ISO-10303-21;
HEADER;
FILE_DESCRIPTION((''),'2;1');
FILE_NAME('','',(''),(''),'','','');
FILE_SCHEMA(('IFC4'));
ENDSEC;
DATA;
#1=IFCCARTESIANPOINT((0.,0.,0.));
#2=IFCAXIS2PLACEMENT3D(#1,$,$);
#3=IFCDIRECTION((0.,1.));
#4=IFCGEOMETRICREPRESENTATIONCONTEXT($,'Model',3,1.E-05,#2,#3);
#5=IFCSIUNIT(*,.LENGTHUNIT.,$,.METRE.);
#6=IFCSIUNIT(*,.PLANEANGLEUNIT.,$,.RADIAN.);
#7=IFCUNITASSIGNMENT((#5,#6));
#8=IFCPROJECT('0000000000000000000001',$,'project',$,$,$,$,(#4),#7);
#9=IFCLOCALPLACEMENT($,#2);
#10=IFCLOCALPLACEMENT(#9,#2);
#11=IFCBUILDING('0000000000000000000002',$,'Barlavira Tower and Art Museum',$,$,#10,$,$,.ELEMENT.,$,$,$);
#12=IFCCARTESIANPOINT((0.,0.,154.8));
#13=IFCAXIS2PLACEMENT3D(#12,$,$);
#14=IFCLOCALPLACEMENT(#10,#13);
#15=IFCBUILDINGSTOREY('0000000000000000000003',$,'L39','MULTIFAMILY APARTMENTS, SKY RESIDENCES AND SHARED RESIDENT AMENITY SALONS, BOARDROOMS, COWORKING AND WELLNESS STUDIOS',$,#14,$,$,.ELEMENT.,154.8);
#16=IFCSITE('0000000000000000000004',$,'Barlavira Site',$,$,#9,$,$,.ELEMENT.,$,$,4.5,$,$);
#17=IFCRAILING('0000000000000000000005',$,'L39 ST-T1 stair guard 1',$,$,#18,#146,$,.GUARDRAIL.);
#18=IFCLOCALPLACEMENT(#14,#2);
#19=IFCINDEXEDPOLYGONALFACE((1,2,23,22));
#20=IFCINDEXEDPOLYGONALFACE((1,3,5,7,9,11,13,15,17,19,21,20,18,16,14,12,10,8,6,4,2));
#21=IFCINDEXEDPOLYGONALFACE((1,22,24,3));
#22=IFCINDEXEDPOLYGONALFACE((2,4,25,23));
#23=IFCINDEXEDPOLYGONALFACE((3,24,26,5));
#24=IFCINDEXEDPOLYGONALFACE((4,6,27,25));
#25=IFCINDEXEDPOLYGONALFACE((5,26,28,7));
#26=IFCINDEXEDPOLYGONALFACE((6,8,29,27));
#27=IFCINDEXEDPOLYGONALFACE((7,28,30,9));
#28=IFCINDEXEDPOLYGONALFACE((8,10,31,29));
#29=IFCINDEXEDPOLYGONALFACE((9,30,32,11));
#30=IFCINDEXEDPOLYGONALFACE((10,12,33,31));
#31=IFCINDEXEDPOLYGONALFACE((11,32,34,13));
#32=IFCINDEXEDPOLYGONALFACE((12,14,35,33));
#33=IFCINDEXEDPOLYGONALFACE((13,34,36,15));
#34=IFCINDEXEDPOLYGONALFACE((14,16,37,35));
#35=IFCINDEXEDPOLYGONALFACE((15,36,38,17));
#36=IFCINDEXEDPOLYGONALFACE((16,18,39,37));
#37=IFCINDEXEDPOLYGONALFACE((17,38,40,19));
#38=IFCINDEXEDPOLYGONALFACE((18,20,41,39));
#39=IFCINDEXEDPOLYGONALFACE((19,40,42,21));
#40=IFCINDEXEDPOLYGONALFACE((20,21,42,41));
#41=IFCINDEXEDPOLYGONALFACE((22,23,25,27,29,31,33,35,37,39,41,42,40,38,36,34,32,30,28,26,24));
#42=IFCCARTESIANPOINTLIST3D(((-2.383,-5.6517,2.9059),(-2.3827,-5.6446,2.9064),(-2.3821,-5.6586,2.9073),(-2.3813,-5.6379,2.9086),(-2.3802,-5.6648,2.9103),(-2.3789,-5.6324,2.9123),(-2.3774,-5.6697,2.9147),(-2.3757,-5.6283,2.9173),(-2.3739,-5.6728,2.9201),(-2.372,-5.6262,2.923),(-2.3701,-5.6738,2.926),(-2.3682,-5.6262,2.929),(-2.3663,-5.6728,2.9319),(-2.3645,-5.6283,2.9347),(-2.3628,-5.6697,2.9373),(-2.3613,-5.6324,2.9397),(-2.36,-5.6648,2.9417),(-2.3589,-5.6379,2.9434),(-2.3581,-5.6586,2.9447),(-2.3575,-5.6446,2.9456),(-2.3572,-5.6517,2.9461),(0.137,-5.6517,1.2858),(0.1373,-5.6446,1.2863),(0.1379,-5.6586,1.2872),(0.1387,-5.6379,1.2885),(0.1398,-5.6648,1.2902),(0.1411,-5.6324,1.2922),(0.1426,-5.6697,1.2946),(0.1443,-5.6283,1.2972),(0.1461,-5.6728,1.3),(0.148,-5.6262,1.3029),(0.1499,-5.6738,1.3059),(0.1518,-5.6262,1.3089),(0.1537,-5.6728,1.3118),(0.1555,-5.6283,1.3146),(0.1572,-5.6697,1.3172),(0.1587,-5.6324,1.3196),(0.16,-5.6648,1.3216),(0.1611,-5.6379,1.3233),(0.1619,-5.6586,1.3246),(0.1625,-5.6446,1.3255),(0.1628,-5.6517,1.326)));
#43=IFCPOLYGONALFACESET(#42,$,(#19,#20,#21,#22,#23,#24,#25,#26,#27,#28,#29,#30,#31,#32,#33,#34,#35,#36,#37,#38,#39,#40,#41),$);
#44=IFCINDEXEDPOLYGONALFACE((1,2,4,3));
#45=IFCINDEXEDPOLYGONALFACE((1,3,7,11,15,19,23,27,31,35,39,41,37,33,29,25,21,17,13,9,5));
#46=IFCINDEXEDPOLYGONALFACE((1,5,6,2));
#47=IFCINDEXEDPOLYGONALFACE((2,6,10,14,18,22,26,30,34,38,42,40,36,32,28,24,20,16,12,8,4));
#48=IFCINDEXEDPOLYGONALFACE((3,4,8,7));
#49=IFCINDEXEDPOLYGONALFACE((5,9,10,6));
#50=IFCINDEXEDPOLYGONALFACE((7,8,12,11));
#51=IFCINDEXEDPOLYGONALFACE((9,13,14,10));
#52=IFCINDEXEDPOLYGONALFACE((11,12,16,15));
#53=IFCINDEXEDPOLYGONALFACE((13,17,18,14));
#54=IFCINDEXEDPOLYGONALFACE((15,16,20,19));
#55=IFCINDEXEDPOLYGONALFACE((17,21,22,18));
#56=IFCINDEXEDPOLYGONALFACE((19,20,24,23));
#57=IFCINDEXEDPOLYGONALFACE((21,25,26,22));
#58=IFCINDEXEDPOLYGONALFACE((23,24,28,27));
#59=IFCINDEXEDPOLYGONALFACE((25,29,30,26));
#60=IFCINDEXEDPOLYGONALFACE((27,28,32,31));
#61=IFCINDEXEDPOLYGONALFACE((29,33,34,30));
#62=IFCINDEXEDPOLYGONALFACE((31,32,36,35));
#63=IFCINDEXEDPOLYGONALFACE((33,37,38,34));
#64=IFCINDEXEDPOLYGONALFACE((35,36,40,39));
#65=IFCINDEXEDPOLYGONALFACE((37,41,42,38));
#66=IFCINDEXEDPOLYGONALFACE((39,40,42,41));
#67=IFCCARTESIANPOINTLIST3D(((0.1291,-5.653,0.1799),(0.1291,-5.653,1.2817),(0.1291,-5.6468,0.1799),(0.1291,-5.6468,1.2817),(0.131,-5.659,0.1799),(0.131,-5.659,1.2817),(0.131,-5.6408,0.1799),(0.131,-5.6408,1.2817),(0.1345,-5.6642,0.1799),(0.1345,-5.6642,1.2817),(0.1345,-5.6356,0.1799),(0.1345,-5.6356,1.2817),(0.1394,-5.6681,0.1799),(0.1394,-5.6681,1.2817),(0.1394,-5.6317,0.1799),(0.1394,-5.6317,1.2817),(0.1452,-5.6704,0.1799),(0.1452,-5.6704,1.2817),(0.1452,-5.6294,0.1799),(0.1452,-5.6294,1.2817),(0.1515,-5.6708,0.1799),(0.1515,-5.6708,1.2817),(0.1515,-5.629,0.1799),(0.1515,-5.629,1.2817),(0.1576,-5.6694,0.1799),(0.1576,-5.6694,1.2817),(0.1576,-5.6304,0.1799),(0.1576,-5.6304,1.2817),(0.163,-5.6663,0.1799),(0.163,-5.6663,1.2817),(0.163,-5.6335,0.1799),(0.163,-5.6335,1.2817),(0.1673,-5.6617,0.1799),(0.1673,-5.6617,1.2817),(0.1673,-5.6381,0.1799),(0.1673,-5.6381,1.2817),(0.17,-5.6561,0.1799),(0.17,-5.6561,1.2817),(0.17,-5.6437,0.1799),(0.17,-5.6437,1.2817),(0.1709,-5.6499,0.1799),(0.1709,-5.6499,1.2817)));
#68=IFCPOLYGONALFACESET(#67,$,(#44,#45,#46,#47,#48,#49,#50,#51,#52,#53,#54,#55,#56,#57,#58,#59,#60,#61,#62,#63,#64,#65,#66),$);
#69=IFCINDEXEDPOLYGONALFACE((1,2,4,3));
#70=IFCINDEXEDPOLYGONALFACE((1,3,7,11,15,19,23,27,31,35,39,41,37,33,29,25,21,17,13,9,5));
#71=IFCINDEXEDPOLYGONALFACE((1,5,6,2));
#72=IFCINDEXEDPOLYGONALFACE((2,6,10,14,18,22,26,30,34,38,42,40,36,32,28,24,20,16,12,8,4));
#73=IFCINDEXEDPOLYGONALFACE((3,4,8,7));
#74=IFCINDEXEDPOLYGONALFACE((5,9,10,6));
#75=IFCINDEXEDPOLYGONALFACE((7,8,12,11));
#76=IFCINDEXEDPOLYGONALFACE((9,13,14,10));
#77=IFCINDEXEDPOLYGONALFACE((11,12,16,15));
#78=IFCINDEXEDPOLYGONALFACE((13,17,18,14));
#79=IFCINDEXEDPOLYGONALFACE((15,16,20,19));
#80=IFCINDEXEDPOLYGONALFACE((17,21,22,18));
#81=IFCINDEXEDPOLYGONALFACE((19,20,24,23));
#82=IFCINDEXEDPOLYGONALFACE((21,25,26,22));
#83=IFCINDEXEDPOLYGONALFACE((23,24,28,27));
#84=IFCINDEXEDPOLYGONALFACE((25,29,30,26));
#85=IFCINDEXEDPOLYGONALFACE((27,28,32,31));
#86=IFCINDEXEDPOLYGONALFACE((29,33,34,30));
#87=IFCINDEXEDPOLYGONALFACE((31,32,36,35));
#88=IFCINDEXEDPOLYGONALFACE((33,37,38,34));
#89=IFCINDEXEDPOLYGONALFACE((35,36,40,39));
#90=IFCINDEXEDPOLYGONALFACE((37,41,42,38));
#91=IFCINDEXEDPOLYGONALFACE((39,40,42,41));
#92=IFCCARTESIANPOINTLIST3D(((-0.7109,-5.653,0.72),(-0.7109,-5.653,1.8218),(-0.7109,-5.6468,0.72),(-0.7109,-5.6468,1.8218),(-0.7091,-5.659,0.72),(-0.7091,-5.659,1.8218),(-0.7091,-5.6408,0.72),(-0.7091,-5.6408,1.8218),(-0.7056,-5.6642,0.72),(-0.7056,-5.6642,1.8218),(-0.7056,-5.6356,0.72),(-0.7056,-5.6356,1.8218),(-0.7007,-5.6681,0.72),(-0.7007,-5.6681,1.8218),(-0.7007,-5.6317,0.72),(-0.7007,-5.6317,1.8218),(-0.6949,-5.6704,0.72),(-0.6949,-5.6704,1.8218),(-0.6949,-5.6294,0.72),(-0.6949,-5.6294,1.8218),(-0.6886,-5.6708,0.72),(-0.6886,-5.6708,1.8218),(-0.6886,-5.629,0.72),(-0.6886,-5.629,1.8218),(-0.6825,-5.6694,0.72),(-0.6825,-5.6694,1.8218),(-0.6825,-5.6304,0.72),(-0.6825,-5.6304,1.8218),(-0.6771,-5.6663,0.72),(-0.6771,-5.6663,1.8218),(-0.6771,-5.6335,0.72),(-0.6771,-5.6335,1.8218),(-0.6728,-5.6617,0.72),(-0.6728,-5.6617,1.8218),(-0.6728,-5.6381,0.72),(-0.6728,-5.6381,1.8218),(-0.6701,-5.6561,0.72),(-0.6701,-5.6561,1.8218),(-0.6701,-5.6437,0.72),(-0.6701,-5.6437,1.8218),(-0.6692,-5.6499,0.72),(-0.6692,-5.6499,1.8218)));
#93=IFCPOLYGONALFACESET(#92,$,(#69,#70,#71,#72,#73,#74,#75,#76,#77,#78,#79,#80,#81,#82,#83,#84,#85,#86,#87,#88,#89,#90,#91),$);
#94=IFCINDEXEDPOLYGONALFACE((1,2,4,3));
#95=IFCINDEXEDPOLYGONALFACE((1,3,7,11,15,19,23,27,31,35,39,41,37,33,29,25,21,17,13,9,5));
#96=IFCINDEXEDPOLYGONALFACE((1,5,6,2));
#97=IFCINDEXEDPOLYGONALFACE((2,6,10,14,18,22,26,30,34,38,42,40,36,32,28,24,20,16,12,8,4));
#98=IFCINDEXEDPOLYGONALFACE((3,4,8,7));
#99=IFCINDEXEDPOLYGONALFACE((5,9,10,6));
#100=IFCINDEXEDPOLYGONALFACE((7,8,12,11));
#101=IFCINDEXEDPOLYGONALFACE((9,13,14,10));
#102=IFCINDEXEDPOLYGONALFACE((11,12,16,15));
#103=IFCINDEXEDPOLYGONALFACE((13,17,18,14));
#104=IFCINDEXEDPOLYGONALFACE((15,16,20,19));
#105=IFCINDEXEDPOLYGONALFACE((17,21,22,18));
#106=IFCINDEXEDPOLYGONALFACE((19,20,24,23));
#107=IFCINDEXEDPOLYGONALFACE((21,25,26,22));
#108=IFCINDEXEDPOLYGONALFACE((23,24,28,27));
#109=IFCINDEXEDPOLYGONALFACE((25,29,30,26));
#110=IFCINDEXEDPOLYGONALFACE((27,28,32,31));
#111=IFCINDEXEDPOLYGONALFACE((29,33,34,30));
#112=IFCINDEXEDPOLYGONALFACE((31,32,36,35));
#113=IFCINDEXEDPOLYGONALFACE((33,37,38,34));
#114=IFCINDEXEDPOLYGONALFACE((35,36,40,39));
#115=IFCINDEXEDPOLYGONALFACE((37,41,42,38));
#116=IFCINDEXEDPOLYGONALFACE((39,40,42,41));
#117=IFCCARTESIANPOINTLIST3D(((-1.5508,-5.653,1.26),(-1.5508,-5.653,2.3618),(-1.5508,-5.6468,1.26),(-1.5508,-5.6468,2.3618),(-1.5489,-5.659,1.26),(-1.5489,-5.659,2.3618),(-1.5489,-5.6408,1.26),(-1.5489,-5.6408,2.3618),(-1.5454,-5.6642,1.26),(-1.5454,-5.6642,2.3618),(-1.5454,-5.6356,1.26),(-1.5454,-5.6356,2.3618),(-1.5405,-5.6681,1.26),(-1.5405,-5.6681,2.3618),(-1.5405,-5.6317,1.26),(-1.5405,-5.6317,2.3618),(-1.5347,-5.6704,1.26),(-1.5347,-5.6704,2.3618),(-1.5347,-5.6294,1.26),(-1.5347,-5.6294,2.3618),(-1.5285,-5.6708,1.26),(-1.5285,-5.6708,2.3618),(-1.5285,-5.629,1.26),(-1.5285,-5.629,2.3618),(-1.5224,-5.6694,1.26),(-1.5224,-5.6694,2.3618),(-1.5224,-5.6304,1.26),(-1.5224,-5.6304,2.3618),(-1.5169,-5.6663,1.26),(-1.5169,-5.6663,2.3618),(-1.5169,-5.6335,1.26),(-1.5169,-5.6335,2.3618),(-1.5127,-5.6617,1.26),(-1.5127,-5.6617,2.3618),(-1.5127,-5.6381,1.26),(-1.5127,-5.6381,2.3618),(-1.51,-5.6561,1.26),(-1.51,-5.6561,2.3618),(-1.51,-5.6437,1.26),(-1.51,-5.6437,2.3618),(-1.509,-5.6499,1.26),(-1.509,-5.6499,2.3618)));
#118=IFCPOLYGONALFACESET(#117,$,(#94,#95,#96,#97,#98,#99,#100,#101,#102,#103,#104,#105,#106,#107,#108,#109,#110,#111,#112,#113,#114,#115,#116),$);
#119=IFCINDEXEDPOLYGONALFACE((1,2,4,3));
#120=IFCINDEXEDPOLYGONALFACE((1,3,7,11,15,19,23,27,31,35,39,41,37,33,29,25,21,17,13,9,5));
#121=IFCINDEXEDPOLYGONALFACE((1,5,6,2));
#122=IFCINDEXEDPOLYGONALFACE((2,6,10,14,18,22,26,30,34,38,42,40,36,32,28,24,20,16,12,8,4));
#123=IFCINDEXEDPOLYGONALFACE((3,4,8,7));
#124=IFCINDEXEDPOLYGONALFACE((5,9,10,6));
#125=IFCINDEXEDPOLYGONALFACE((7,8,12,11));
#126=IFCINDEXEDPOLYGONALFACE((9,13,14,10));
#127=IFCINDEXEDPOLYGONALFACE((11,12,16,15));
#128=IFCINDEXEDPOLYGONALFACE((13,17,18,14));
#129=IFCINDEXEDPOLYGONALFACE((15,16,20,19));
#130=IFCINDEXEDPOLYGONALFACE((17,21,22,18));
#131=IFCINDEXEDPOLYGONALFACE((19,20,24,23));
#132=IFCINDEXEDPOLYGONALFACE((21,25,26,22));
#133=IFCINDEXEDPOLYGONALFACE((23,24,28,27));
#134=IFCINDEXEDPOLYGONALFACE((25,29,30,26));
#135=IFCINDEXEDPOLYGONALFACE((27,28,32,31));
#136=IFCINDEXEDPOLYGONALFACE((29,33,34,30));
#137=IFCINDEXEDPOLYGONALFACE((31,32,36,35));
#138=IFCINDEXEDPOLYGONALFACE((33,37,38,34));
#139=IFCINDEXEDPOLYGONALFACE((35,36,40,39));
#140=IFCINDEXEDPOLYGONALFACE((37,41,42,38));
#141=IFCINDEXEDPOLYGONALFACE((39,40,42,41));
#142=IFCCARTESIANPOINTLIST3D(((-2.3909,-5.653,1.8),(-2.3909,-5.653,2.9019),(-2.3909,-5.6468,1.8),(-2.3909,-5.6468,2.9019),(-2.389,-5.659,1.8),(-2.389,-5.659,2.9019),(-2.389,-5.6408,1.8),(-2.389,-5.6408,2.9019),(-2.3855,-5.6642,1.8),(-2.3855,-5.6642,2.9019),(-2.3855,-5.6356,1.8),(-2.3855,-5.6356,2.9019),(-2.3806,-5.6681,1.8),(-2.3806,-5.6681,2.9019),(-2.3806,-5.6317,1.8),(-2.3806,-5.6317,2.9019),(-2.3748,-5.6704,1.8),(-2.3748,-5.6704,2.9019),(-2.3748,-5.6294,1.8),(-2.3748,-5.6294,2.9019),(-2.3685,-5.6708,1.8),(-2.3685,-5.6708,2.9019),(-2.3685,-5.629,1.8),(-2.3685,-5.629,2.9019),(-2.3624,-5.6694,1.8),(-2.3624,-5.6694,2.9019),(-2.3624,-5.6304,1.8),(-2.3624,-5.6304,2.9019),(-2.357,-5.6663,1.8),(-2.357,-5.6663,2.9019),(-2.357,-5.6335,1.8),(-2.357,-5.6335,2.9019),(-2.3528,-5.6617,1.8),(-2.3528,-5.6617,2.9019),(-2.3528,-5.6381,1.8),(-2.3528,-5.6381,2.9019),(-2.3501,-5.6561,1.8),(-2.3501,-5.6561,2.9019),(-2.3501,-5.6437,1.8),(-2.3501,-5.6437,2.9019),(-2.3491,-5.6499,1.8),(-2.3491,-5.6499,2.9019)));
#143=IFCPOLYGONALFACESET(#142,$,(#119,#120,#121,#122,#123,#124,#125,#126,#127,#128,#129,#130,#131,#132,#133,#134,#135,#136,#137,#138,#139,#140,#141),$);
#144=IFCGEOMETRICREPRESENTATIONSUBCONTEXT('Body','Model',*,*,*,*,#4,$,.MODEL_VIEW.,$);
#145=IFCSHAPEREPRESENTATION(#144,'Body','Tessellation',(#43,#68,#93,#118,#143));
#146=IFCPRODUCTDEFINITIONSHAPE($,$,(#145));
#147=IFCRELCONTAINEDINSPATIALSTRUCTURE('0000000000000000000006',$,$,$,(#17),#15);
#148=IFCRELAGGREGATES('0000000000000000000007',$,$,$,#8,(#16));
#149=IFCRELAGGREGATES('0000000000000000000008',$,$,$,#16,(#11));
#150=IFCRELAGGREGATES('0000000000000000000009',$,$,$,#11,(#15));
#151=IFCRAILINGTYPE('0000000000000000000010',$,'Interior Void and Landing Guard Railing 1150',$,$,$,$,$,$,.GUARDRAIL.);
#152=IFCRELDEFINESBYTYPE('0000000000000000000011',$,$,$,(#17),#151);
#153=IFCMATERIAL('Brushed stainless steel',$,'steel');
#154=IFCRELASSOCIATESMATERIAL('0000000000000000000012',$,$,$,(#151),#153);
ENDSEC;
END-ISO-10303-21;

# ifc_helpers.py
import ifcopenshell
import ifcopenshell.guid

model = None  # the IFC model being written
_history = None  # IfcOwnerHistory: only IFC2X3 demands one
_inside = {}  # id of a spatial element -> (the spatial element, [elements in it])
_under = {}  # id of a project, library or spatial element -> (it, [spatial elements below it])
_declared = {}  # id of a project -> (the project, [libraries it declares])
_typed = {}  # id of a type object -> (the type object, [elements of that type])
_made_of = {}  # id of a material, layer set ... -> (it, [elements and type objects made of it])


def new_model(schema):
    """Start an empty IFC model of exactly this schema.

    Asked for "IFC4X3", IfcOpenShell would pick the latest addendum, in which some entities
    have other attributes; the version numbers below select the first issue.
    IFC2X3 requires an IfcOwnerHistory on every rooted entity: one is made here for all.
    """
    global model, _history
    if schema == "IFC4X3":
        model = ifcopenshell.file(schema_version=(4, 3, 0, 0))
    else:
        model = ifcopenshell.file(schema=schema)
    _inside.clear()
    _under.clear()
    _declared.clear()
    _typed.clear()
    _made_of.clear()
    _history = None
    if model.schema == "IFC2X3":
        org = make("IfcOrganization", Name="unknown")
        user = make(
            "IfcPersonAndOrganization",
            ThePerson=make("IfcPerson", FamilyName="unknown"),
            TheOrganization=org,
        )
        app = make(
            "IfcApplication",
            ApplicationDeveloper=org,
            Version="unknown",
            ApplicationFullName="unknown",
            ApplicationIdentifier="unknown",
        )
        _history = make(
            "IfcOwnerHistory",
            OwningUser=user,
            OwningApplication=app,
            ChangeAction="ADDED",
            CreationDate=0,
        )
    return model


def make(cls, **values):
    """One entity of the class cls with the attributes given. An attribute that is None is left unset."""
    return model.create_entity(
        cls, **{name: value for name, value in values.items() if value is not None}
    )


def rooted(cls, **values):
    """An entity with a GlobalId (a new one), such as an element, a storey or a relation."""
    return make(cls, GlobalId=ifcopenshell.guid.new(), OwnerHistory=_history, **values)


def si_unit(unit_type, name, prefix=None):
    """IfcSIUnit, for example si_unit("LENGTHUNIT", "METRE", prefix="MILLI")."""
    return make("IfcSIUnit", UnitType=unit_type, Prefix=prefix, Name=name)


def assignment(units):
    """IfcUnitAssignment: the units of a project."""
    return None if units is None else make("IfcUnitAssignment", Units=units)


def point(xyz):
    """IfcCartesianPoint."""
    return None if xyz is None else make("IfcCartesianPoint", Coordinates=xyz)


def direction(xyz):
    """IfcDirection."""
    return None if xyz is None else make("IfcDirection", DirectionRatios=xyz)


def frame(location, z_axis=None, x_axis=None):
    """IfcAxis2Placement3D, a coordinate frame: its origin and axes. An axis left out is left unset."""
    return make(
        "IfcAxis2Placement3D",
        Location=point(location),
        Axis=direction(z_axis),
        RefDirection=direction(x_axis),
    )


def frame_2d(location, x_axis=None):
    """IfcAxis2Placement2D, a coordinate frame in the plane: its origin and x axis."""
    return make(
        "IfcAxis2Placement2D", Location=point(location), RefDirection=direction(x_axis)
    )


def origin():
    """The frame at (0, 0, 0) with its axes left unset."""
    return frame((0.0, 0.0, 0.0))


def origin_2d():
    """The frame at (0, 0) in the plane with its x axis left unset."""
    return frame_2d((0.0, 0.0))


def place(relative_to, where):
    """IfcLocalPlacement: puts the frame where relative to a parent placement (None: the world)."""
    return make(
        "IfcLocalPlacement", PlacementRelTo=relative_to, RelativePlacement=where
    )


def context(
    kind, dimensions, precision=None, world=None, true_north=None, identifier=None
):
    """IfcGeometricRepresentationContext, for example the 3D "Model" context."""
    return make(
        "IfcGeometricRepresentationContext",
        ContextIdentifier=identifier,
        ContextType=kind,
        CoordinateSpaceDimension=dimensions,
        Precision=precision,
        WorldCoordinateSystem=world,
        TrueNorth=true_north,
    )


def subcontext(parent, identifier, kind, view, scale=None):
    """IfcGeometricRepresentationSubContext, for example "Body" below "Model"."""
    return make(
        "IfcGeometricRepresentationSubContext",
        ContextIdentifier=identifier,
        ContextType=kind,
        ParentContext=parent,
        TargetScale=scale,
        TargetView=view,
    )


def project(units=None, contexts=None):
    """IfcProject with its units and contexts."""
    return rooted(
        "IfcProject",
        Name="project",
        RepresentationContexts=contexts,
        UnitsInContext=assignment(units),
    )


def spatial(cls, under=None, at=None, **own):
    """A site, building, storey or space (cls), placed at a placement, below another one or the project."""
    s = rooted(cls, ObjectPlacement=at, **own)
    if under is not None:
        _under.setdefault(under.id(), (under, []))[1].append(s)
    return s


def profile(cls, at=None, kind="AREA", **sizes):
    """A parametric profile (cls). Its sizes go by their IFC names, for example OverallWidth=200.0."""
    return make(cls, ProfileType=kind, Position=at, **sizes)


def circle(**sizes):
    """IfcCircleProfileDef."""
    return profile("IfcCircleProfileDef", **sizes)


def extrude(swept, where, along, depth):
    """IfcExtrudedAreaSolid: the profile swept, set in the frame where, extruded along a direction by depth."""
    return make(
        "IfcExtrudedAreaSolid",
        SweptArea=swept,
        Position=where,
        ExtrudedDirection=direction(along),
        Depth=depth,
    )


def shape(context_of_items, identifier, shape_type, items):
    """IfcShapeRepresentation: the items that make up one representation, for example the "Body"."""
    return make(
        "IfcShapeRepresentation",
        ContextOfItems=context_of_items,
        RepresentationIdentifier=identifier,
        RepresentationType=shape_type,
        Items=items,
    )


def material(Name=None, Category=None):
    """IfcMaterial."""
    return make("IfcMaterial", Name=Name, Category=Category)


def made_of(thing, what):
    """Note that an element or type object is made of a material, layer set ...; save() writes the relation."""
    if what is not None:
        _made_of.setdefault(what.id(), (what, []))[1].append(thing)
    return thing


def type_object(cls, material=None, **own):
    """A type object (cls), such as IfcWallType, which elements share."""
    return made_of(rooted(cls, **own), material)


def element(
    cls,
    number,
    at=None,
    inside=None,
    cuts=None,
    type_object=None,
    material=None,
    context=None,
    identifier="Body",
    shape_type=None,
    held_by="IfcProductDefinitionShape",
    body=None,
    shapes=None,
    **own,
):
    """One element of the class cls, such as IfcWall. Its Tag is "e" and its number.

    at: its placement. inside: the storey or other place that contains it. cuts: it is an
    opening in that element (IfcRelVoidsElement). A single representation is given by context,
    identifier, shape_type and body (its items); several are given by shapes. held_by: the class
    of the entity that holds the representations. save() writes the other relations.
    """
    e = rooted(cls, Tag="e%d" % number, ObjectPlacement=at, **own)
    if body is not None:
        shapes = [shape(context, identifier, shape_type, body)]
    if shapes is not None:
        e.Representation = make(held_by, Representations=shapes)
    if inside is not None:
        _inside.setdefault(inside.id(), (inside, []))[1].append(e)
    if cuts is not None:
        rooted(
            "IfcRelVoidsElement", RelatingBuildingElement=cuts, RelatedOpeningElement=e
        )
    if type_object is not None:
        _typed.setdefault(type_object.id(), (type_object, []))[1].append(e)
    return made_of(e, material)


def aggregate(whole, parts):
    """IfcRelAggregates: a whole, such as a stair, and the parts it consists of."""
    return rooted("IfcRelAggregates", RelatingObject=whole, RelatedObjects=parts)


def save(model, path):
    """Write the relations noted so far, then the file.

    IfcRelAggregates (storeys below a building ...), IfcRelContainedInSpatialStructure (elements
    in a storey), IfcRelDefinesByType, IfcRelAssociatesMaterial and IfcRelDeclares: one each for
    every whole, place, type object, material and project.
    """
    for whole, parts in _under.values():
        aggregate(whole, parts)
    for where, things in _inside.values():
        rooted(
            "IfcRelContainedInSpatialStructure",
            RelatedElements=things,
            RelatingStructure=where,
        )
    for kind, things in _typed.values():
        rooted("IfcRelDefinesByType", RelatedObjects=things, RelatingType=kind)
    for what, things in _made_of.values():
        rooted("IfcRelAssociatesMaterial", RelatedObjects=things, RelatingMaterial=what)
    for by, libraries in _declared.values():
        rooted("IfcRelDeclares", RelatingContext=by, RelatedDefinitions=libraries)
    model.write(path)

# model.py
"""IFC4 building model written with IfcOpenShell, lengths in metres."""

from ifc_helpers import new_model, si_unit, direction, frame, origin, origin_2d, place, context, subcontext, project, spatial, circle, extrude, material, type_object, element, save


model = new_model("IFC4")

# Units and contexts
model_context = context("Model", 3, precision=1e-05, world=origin(), true_north=direction((0.0, 1.0)))
body_context = subcontext(model_context, "Body", "Model", "MODEL_VIEW")
ifc_project = project(units=[si_unit("LENGTHUNIT", "METRE"), si_unit("PLANEANGLEUNIT", "RADIAN")], contexts=[model_context])

# Site, building, storey
site_placement = place(None, origin())
site = spatial("IfcSite", under=ifc_project, at=site_placement, Name="Barlavira Site", CompositionType="ELEMENT", RefElevation=4.5)
building_placement = place(site_placement, origin())
building = spatial("IfcBuilding", under=site, at=building_placement, Name="Barlavira Tower and Art Museum", CompositionType="ELEMENT")
storey_placement = place(building_placement, frame((0.0, 0.0, 154.8)))
storey = spatial("IfcBuildingStorey", under=building, at=storey_placement, Name="L39", Description="MULTIFAMILY APARTMENTS, SKY RESIDENCES AND SHARED RESIDENT AMENITY SALONS, BOARDROOMS, COWORKING AND WELLNESS STUDIOS", CompositionType="ELEMENT", Elevation=154.8)

# Shared definitions
ifc_material_1 = material(Name="Brushed stainless steel", Category="steel")

# Railing
railing_type_1 = type_object("IfcRailingType", Name="Interior Void and Landing Guard Railing 1150", PredefinedType="GUARDRAIL", material=ifc_material_1)
railing_1_placement = place(storey_placement, frame((0.1499, -5.6499, 0.1799)))
element("IfcRailing", 1, at=railing_1_placement, inside=storey, type_object=railing_type_1, Name="L39 ST-T1 stair guard 1", PredefinedType="GUARDRAIL", context=body_context, shape_type="SweptSolid", body=[
    extrude(circle(Radius=0.0239, at=origin_2d()), frame((0.0, 0.0, 1.126), z_axis=(-0.841163, 0.0, 0.540782), x_axis=(0.0, -1.0, 0.0)), (0.0, 0.0, 1.0), 2.9958),
    extrude(circle(Radius=0.021, at=origin_2d()), origin(), (0.0, 0.0, 1.0), 1.1018),
    extrude(circle(Radius=0.021, at=origin_2d()), frame((-0.8401, 0.0, 0.54)), (0.0, 0.0, 1.0), 1.1018),
    extrude(circle(Radius=0.021, at=origin_2d()), frame((-1.6799, 0.0, 1.0801)), (0.0, 0.0, 1.0), 1.1018),
    extrude(circle(Radius=0.021, at=origin_2d()), frame((-2.52, 0.0, 1.6201)), (0.0, 0.0, 1.0), 1.1018),
])

save(model, "model.ifc")
